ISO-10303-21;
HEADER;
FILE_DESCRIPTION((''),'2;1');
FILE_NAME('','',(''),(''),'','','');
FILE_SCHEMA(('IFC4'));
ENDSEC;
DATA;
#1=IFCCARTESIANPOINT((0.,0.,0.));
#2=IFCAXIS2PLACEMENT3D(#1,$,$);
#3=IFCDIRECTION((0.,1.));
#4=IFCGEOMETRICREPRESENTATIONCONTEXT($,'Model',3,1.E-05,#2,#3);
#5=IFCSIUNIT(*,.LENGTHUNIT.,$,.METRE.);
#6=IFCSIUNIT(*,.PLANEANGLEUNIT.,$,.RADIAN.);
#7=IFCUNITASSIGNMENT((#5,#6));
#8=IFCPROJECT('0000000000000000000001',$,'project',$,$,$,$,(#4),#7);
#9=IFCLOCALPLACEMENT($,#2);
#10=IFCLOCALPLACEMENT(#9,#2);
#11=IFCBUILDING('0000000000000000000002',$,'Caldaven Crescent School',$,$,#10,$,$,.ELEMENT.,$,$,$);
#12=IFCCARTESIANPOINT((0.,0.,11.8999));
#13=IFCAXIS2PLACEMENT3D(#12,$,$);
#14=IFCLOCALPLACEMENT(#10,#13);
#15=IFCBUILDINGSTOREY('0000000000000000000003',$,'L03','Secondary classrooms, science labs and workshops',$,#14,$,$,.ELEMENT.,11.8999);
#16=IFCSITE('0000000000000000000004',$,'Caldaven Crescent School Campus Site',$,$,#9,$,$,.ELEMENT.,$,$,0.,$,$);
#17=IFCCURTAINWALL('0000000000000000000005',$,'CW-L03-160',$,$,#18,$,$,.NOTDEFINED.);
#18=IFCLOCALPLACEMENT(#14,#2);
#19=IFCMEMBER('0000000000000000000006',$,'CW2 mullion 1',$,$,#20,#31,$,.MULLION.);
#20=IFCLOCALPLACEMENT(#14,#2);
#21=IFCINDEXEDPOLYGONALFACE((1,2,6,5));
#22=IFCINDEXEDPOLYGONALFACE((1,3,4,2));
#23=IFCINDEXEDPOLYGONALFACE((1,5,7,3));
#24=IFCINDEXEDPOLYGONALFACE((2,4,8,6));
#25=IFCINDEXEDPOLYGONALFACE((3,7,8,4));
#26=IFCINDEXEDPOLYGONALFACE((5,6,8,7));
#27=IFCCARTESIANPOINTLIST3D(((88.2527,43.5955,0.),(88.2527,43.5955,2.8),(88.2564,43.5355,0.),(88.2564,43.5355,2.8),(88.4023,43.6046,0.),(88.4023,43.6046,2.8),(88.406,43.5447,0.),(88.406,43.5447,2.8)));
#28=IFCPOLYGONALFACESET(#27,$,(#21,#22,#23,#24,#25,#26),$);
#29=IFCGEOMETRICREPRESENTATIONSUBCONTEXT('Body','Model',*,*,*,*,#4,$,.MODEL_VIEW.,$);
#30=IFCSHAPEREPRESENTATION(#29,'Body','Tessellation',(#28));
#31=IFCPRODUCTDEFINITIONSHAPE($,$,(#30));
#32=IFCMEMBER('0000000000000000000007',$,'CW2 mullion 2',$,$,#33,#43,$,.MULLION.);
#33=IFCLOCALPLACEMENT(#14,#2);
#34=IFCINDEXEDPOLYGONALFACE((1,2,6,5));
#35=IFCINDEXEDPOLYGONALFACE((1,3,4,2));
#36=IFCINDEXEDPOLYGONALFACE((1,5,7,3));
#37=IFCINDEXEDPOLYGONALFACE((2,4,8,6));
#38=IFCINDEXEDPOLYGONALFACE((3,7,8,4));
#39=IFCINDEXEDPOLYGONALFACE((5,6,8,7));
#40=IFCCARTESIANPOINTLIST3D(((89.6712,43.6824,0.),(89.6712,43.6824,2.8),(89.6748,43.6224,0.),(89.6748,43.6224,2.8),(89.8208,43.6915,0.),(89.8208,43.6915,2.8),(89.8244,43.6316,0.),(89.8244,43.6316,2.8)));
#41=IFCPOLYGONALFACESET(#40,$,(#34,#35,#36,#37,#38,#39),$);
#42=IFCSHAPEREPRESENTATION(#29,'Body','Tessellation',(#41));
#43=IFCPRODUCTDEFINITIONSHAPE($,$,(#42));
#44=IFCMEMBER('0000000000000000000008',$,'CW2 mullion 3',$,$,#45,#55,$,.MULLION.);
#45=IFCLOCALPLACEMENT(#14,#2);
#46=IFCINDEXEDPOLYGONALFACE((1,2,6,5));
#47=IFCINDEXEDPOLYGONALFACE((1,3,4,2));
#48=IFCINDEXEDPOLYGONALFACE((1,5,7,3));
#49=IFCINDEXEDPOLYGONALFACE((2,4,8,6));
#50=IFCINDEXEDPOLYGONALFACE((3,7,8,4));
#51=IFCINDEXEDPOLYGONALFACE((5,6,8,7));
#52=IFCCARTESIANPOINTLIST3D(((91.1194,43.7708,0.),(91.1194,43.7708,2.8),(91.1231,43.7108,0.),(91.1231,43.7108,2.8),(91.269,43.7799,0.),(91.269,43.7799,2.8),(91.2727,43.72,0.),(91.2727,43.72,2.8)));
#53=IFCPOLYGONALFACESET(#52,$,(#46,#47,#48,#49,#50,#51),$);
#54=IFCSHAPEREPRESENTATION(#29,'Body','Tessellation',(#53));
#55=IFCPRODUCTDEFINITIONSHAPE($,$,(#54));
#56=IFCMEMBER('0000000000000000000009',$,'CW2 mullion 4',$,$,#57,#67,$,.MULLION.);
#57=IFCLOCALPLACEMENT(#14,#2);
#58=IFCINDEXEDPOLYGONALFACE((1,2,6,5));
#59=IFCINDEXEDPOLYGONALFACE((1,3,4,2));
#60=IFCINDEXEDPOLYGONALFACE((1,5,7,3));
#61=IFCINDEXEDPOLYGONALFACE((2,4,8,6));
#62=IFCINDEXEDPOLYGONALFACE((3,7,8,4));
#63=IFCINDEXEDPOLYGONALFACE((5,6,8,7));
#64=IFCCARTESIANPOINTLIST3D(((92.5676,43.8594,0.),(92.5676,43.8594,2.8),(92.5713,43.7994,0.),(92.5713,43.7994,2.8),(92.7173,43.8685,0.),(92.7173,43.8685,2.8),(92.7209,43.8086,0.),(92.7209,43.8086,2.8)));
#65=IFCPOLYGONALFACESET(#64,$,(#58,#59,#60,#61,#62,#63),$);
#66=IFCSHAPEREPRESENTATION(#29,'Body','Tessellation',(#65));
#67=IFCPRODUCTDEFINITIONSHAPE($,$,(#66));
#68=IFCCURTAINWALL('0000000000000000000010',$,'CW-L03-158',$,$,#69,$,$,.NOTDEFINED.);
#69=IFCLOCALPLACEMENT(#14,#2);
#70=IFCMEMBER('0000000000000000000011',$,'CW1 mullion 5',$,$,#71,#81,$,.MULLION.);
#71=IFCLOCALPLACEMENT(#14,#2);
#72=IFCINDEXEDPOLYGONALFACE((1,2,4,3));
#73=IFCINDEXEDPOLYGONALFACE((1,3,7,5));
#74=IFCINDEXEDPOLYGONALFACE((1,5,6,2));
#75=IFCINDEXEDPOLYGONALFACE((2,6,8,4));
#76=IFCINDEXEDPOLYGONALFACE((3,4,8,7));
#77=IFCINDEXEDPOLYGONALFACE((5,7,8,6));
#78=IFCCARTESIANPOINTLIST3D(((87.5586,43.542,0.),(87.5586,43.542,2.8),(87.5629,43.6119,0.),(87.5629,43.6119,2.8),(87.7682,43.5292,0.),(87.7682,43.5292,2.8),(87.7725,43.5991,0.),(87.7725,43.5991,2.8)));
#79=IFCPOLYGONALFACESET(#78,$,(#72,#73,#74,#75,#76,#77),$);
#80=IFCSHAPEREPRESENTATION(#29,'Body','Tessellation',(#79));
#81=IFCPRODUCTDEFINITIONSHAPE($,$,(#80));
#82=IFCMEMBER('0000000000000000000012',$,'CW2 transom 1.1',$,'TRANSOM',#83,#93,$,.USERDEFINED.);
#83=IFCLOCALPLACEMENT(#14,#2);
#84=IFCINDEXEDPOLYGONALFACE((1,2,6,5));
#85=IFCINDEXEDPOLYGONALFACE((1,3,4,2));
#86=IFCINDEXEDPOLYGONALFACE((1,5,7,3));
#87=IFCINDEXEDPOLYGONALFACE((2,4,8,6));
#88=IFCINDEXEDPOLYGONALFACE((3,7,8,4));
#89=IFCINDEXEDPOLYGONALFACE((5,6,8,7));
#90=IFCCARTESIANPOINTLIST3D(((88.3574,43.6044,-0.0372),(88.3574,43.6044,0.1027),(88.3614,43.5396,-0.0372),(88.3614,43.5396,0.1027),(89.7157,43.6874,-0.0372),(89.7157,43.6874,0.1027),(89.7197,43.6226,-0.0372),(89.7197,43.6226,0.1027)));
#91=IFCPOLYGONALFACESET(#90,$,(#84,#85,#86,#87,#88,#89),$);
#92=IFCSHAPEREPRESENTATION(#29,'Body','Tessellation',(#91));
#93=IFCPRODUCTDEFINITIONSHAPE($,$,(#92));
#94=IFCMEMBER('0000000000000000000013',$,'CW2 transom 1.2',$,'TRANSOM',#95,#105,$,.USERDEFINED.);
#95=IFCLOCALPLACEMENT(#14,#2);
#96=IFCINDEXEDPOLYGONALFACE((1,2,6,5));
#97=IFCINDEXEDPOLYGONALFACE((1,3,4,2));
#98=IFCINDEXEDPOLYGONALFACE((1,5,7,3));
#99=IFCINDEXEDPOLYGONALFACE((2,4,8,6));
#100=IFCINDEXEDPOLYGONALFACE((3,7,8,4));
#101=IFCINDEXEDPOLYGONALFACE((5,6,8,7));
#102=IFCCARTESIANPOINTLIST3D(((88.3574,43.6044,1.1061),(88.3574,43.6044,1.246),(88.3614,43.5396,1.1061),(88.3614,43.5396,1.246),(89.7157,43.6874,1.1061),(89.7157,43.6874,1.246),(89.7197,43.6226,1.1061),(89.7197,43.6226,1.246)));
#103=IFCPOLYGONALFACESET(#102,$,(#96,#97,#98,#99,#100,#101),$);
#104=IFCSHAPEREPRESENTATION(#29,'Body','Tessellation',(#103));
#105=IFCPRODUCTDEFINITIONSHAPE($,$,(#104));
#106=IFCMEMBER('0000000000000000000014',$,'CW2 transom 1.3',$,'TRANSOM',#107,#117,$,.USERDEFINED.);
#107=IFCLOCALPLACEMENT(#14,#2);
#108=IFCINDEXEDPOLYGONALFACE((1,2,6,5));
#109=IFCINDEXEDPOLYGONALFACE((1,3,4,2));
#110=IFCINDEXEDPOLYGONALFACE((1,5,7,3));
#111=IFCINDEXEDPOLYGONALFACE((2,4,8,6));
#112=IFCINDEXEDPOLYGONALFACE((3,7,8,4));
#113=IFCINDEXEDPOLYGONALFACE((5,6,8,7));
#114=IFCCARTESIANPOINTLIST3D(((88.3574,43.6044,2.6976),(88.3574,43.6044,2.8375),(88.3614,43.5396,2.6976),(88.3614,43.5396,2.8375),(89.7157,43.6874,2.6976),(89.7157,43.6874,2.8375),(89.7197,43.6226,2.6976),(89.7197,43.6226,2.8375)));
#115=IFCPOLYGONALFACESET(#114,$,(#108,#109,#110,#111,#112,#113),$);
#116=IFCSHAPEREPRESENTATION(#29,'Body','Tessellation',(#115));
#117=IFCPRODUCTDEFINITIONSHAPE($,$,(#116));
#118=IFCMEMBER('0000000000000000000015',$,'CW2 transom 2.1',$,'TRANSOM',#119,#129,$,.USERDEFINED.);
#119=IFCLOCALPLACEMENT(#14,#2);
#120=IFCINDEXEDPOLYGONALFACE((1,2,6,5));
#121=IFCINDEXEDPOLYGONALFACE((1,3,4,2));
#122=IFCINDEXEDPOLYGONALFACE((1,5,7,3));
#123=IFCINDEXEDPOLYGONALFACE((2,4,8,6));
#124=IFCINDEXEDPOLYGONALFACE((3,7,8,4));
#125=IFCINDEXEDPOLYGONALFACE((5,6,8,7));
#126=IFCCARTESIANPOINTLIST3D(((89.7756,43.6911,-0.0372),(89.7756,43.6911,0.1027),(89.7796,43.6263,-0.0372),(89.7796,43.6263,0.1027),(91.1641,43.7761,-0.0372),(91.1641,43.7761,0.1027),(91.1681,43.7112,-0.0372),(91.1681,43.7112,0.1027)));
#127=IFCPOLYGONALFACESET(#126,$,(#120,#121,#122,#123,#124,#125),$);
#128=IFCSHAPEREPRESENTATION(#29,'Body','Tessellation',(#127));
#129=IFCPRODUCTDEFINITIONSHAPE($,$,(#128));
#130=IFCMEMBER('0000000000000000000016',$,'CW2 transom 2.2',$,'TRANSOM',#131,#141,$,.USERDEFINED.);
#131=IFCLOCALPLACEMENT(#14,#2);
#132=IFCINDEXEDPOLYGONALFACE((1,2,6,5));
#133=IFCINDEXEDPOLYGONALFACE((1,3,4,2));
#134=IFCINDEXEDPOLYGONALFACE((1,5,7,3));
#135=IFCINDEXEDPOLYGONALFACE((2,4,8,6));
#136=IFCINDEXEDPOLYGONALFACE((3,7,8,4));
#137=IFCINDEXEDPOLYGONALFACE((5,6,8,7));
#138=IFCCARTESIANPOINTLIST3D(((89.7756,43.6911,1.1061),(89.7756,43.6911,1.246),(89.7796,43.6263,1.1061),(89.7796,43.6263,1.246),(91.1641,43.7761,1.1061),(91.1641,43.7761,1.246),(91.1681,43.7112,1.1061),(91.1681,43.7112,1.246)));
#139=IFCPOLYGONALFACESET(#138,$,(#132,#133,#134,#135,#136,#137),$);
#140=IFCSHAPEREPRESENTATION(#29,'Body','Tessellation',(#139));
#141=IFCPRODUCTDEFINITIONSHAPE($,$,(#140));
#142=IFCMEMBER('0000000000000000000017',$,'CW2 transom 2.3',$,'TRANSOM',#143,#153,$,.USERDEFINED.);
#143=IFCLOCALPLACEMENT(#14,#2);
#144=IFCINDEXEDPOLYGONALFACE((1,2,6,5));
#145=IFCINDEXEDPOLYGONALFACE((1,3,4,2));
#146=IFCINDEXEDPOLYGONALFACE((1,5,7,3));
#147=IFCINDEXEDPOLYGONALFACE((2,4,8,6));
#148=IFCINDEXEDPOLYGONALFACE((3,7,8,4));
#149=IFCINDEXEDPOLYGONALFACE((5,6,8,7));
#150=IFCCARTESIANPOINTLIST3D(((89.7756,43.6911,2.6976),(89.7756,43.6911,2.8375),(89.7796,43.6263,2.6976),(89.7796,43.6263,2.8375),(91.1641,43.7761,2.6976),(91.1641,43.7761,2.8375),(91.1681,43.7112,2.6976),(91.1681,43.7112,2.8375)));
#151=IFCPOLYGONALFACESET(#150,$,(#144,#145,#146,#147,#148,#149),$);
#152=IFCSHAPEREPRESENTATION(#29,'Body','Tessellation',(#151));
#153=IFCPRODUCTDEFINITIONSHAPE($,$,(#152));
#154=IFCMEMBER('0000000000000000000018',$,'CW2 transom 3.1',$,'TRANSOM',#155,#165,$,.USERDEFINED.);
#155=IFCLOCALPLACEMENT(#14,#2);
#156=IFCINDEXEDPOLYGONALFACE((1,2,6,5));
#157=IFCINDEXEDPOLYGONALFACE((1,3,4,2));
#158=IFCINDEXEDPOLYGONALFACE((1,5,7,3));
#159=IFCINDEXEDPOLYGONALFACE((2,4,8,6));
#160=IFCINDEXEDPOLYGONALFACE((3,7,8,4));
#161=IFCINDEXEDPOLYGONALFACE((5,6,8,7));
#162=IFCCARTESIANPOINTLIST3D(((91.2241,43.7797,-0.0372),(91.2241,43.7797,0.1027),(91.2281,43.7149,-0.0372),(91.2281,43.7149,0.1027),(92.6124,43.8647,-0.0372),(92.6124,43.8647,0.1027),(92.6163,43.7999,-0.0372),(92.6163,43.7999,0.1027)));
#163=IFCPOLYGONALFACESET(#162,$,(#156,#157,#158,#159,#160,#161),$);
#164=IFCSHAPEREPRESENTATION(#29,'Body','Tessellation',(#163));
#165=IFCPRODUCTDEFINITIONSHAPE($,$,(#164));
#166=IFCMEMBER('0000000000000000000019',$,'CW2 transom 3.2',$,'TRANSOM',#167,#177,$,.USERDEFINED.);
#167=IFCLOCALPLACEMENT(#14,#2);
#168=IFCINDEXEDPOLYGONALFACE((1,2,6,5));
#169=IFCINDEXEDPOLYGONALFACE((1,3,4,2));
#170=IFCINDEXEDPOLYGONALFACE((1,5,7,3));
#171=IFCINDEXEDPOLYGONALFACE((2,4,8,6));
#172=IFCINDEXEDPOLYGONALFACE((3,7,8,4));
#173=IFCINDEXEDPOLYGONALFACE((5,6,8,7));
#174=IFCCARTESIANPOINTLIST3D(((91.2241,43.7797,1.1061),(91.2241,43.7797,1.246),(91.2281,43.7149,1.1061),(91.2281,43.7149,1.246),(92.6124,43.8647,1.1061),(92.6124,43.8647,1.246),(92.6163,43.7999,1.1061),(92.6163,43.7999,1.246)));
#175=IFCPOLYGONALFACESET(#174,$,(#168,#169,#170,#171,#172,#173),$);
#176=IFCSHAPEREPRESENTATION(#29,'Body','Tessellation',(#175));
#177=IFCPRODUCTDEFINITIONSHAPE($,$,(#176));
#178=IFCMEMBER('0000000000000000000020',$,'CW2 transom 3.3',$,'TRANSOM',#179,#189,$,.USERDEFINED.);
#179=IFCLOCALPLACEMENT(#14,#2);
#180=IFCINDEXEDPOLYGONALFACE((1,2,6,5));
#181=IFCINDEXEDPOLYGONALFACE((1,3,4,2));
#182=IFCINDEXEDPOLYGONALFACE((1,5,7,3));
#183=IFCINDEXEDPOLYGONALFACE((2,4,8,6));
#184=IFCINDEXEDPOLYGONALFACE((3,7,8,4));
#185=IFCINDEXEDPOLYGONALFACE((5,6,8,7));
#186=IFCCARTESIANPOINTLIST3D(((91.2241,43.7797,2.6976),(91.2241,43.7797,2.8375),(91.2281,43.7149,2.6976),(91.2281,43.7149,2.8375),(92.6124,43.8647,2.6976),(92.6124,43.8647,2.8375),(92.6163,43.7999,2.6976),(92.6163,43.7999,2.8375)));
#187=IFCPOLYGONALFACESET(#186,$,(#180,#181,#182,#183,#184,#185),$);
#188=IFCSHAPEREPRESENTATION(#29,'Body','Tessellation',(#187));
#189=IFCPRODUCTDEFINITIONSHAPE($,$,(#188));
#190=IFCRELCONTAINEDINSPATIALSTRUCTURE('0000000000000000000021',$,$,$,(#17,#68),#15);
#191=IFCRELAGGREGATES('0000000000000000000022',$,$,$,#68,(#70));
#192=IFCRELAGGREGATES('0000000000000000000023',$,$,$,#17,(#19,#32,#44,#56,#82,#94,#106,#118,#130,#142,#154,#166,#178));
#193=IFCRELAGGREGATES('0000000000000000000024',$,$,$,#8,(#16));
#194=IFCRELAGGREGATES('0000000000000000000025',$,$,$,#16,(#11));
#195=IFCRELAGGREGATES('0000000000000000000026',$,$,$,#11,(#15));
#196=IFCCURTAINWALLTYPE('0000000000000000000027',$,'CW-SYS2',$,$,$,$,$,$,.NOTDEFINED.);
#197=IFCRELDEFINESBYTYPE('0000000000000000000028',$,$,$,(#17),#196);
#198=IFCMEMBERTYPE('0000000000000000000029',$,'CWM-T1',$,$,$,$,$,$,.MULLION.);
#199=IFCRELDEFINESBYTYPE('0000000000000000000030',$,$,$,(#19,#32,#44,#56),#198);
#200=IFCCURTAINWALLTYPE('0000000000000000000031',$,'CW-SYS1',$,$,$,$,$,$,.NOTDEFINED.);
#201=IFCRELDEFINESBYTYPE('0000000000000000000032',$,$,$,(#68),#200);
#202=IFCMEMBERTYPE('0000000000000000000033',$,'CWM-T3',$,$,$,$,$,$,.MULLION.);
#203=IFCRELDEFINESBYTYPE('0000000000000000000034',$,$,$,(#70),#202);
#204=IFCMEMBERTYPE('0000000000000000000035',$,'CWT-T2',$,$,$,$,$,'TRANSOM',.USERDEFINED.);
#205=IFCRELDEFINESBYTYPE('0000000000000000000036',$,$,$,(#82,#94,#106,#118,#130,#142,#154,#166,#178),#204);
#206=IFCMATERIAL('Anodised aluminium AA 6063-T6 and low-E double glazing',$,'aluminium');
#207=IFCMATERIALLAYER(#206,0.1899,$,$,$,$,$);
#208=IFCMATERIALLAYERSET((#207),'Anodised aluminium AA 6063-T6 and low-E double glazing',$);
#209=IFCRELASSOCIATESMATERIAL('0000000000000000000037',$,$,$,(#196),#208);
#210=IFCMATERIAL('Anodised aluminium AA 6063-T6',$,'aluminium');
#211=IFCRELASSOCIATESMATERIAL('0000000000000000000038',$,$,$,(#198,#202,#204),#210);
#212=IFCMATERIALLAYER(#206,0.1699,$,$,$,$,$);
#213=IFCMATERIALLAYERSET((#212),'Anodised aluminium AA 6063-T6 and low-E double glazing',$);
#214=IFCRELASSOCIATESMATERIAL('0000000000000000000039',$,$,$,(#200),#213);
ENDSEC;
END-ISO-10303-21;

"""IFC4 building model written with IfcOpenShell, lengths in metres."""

from ifc_helpers import new_model, si_unit, direction, frame, origin, origin_2d, place, context, subcontext, project, spatial, rectangle, extrude, material, layer, layer_set, material_profile, profile_set, type_object, element, aggregate, save


model = new_model("IFC4")

# Units and contexts
model_context = context("Model", 3, precision=1e-05, world=origin(), true_north=direction((0.0, 1.0)))
body_context = subcontext(model_context, "Body", "Model", "MODEL_VIEW")
ifc_project = project(units=[si_unit("LENGTHUNIT", "METRE"), si_unit("PLANEANGLEUNIT", "RADIAN")], contexts=[model_context])

# Site, building, storey
site_placement = place(None, origin())
site = spatial("IfcSite", under=ifc_project, at=site_placement, Name="Caldaven Crescent School Campus Site", CompositionType="ELEMENT", RefElevation=0.0)
building_placement = place(site_placement, origin())
building = spatial("IfcBuilding", under=site, at=building_placement, Name="Caldaven Crescent School", CompositionType="ELEMENT")
storey_placement = place(building_placement, frame((0.0, 0.0, 11.8999)))
storey = spatial("IfcBuildingStorey", under=building, at=storey_placement, Name="L03", Description="Secondary classrooms, science labs and workshops", CompositionType="ELEMENT", Elevation=11.8999)

# Curtain wall, members
ifc_material_1 = material(Name="Anodised aluminium AA 6063-T6 and low-E double glazing", Category="aluminium")
ifc_layer_1 = layer(ifc_material_1, 0.1899)
ifc_layer_set_1 = layer_set([ifc_layer_1], Name="Anodised aluminium AA 6063-T6 and low-E double glazing")
curtain_wall_type_1 = type_object("IfcCurtainWallType", Name="CW-SYS2", PredefinedType="NOTDEFINED", material=ifc_layer_set_1)
curtain_wall_1_placement = place(storey_placement, origin())
curtain_wall_1 = element("IfcCurtainWall", 1, at=curtain_wall_1_placement, inside=storey, type_object=curtain_wall_type_1, Name="CW-L03-160", PredefinedType="NOTDEFINED")
ifc_material_2 = material(Name="Anodised aluminium AA 6063-T6", Category="aluminium")
ifc_material_profile_1 = material_profile(ifc_material_2, rectangle(XDim=0.0601, YDim=0.1499, at=origin_2d()), Name="CWM 60x150")
ifc_profile_set_1 = profile_set([ifc_material_profile_1], Name="Anodised aluminium AA 6063-T6")
member_type_1 = type_object("IfcMemberType", Name="CWM-T1", PredefinedType="MULLION", material=ifc_profile_set_1)
member_1_placement = place(storey_placement, frame((88.3293, 43.5701, 0.0), z_axis=(0.0, 0.0, 1.0), x_axis=(-0.061049, 0.998135, 0.0)))
member_1 = element("IfcMember", 2, at=member_1_placement, type_object=member_type_1, Name="CW2 mullion 1", PredefinedType="MULLION", context=body_context, shape_type="SweptSolid", body=[
    extrude(rectangle(XDim=0.0601, YDim=0.1499, at=origin_2d()), origin(), (0.0, 0.0, 1.0), 2.8),
])
member_2_placement = place(storey_placement, frame((89.7478, 43.657, 0.0), z_axis=(0.0, 0.0, 1.0), x_axis=(-0.061049, 0.998135, 0.0)))
member_2 = element("IfcMember", 3, at=member_2_placement, type_object=member_type_1, Name="CW2 mullion 2", PredefinedType="MULLION", context=body_context, shape_type="SweptSolid", body=[
    extrude(rectangle(XDim=0.0601, YDim=0.1499, at=origin_2d()), origin(), (0.0, 0.0, 1.0), 2.8),
])
member_3_placement = place(storey_placement, frame((91.196, 43.7454, 0.0), z_axis=(0.0, 0.0, 1.0), x_axis=(-0.061049, 0.998135, 0.0)))
member_3 = element("IfcMember", 4, at=member_3_placement, type_object=member_type_1, Name="CW2 mullion 3", PredefinedType="MULLION", context=body_context, shape_type="SweptSolid", body=[
    extrude(rectangle(XDim=0.0601, YDim=0.1499, at=origin_2d()), origin(), (0.0, 0.0, 1.0), 2.8),
])
member_4_placement = place(storey_placement, frame((92.6443, 43.834, 0.0), z_axis=(0.0, 0.0, 1.0), x_axis=(-0.061049, 0.998135, 0.0)))
member_4 = element("IfcMember", 5, at=member_4_placement, type_object=member_type_1, Name="CW2 mullion 4", PredefinedType="MULLION", context=body_context, shape_type="SweptSolid", body=[
    extrude(rectangle(XDim=0.0601, YDim=0.1499, at=origin_2d()), origin(), (0.0, 0.0, 1.0), 2.8),
])

# Curtain wall, member
ifc_layer_2 = layer(ifc_material_1, 0.1699)
ifc_layer_set_2 = layer_set([ifc_layer_2], Name="Anodised aluminium AA 6063-T6 and low-E double glazing")
curtain_wall_type_2 = type_object("IfcCurtainWallType", Name="CW-SYS1", PredefinedType="NOTDEFINED", material=ifc_layer_set_2)
curtain_wall_2_placement = place(storey_placement, origin())
curtain_wall_2 = element("IfcCurtainWall", 6, at=curtain_wall_2_placement, inside=storey, type_object=curtain_wall_type_2, Name="CW-L03-158", PredefinedType="NOTDEFINED")
ifc_material_profile_2 = material_profile(ifc_material_2, rectangle(XDim=0.0701, YDim=0.21, at=origin_2d()), Name="CWM 70x210")
ifc_profile_set_2 = profile_set([ifc_material_profile_2], Name="Anodised aluminium AA 6063-T6")
member_type_2 = type_object("IfcMemberType", Name="CWM-T3", PredefinedType="MULLION", material=ifc_profile_set_2)
member_5_placement = place(storey_placement, frame((87.6655, 43.5706, 0.0), z_axis=(0.0, 0.0, 1.0), x_axis=(0.061049, 0.998135, 0.0)))
member_5 = element("IfcMember", 7, at=member_5_placement, type_object=member_type_2, Name="CW1 mullion 5", PredefinedType="MULLION", context=body_context, shape_type="SweptSolid", body=[
    extrude(rectangle(XDim=0.0701, YDim=0.21, at=origin_2d()), origin(), (0.0, 0.0, 1.0), 2.8),
])

# Members
ifc_material_profile_3 = material_profile(ifc_material_2, rectangle(XDim=0.0649, YDim=0.1399, at=origin_2d()), Name="CWT 65x140")
ifc_profile_set_3 = profile_set([ifc_material_profile_3], Name="Anodised aluminium AA 6063-T6")
member_type_3 = type_object("IfcMemberType", Name="CWT-T2", ElementType="TRANSOM", PredefinedType="USERDEFINED", material=ifc_profile_set_3)
member_6_placement = place(storey_placement, frame((88.3594, 43.572, 0.0327), z_axis=(0.998138, 0.060993, 0.0), x_axis=(-0.060993, 0.998138, 0.0)))
member_6 = element("IfcMember", 8, at=member_6_placement, type_object=member_type_3, Name="CW2 transom 1.1", ObjectType="TRANSOM", PredefinedType="USERDEFINED", context=body_context, shape_type="SweptSolid", body=[
    extrude(rectangle(XDim=0.0649, YDim=0.1399, at=origin_2d()), origin(), (0.0, 0.0, 1.0), 1.3608),
])
member_7_placement = place(storey_placement, frame((88.3594, 43.572, 1.176), z_axis=(0.998138, 0.060993, 0.0), x_axis=(-0.060993, 0.998138, 0.0)))
member_7 = element("IfcMember", 9, at=member_7_placement, type_object=member_type_3, Name="CW2 transom 1.2", ObjectType="TRANSOM", PredefinedType="USERDEFINED", context=body_context, shape_type="SweptSolid", body=[
    extrude(rectangle(XDim=0.0649, YDim=0.1399, at=origin_2d()), origin(), (0.0, 0.0, 1.0), 1.3608),
])
member_8_placement = place(storey_placement, frame((88.3594, 43.572, 2.7676), z_axis=(0.998138, 0.060993, 0.0), x_axis=(-0.060993, 0.998138, 0.0)))
member_8 = element("IfcMember", 10, at=member_8_placement, type_object=member_type_3, Name="CW2 transom 1.3", ObjectType="TRANSOM", PredefinedType="USERDEFINED", context=body_context, shape_type="SweptSolid", body=[
    extrude(rectangle(XDim=0.0649, YDim=0.1399, at=origin_2d()), origin(), (0.0, 0.0, 1.0), 1.3608),
])
member_9_placement = place(storey_placement, frame((89.7776, 43.6587, 0.0327), z_axis=(0.998133, 0.061078, 0.0), x_axis=(-0.061078, 0.998133, 0.0)))
member_9 = element("IfcMember", 11, at=member_9_placement, type_object=member_type_3, Name="CW2 transom 2.1", ObjectType="TRANSOM", PredefinedType="USERDEFINED", context=body_context, shape_type="SweptSolid", body=[
    extrude(rectangle(XDim=0.0649, YDim=0.1399, at=origin_2d()), origin(), (0.0, 0.0, 1.0), 1.3911),
])
member_10_placement = place(storey_placement, frame((89.7776, 43.6587, 1.176), z_axis=(0.998133, 0.061078, 0.0), x_axis=(-0.061078, 0.998133, 0.0)))
member_10 = element("IfcMember", 12, at=member_10_placement, type_object=member_type_3, Name="CW2 transom 2.2", ObjectType="TRANSOM", PredefinedType="USERDEFINED", context=body_context, shape_type="SweptSolid", body=[
    extrude(rectangle(XDim=0.0649, YDim=0.1399, at=origin_2d()), origin(), (0.0, 0.0, 1.0), 1.3911),
])
member_11_placement = place(storey_placement, frame((89.7776, 43.6587, 2.7676), z_axis=(0.998133, 0.061078, 0.0), x_axis=(-0.061078, 0.998133, 0.0)))
member_11 = element("IfcMember", 13, at=member_11_placement, type_object=member_type_3, Name="CW2 transom 2.3", ObjectType="TRANSOM", PredefinedType="USERDEFINED", context=body_context, shape_type="SweptSolid", body=[
    extrude(rectangle(XDim=0.0649, YDim=0.1399, at=origin_2d()), origin(), (0.0, 0.0, 1.0), 1.3911),
])
member_12_placement = place(storey_placement, frame((91.2261, 43.7473, 0.0327), z_axis=(0.998132, 0.061089, 0.0), x_axis=(-0.061089, 0.998132, 0.0)))
member_12 = element("IfcMember", 14, at=member_12_placement, type_object=member_type_3, Name="CW2 transom 3.1", ObjectType="TRANSOM", PredefinedType="USERDEFINED", context=body_context, shape_type="SweptSolid", body=[
    extrude(rectangle(XDim=0.0649, YDim=0.1399, at=origin_2d()), origin(), (0.0, 0.0, 1.0), 1.3909),
])
member_13_placement = place(storey_placement, frame((91.2261, 43.7473, 1.176), z_axis=(0.998132, 0.061089, 0.0), x_axis=(-0.061089, 0.998132, 0.0)))
member_13 = element("IfcMember", 15, at=member_13_placement, type_object=member_type_3, Name="CW2 transom 3.2", ObjectType="TRANSOM", PredefinedType="USERDEFINED", context=body_context, shape_type="SweptSolid", body=[
    extrude(rectangle(XDim=0.0649, YDim=0.1399, at=origin_2d()), origin(), (0.0, 0.0, 1.0), 1.3909),
])
member_14_placement = place(storey_placement, frame((91.2261, 43.7473, 2.7676), z_axis=(0.998132, 0.061089, 0.0), x_axis=(-0.061089, 0.998132, 0.0)))
member_14 = element("IfcMember", 16, at=member_14_placement, type_object=member_type_3, Name="CW2 transom 3.3", ObjectType="TRANSOM", PredefinedType="USERDEFINED", context=body_context, shape_type="SweptSolid", body=[
    extrude(rectangle(XDim=0.0649, YDim=0.1399, at=origin_2d()), origin(), (0.0, 0.0, 1.0), 1.3909),
])

aggregate(curtain_wall_2, [member_5])
aggregate(curtain_wall_1, [member_1, member_2, member_3, member_4, member_6, member_7, member_8, member_9, member_10, member_11, member_12, member_13, member_14])

save(model, "model.ifc")
